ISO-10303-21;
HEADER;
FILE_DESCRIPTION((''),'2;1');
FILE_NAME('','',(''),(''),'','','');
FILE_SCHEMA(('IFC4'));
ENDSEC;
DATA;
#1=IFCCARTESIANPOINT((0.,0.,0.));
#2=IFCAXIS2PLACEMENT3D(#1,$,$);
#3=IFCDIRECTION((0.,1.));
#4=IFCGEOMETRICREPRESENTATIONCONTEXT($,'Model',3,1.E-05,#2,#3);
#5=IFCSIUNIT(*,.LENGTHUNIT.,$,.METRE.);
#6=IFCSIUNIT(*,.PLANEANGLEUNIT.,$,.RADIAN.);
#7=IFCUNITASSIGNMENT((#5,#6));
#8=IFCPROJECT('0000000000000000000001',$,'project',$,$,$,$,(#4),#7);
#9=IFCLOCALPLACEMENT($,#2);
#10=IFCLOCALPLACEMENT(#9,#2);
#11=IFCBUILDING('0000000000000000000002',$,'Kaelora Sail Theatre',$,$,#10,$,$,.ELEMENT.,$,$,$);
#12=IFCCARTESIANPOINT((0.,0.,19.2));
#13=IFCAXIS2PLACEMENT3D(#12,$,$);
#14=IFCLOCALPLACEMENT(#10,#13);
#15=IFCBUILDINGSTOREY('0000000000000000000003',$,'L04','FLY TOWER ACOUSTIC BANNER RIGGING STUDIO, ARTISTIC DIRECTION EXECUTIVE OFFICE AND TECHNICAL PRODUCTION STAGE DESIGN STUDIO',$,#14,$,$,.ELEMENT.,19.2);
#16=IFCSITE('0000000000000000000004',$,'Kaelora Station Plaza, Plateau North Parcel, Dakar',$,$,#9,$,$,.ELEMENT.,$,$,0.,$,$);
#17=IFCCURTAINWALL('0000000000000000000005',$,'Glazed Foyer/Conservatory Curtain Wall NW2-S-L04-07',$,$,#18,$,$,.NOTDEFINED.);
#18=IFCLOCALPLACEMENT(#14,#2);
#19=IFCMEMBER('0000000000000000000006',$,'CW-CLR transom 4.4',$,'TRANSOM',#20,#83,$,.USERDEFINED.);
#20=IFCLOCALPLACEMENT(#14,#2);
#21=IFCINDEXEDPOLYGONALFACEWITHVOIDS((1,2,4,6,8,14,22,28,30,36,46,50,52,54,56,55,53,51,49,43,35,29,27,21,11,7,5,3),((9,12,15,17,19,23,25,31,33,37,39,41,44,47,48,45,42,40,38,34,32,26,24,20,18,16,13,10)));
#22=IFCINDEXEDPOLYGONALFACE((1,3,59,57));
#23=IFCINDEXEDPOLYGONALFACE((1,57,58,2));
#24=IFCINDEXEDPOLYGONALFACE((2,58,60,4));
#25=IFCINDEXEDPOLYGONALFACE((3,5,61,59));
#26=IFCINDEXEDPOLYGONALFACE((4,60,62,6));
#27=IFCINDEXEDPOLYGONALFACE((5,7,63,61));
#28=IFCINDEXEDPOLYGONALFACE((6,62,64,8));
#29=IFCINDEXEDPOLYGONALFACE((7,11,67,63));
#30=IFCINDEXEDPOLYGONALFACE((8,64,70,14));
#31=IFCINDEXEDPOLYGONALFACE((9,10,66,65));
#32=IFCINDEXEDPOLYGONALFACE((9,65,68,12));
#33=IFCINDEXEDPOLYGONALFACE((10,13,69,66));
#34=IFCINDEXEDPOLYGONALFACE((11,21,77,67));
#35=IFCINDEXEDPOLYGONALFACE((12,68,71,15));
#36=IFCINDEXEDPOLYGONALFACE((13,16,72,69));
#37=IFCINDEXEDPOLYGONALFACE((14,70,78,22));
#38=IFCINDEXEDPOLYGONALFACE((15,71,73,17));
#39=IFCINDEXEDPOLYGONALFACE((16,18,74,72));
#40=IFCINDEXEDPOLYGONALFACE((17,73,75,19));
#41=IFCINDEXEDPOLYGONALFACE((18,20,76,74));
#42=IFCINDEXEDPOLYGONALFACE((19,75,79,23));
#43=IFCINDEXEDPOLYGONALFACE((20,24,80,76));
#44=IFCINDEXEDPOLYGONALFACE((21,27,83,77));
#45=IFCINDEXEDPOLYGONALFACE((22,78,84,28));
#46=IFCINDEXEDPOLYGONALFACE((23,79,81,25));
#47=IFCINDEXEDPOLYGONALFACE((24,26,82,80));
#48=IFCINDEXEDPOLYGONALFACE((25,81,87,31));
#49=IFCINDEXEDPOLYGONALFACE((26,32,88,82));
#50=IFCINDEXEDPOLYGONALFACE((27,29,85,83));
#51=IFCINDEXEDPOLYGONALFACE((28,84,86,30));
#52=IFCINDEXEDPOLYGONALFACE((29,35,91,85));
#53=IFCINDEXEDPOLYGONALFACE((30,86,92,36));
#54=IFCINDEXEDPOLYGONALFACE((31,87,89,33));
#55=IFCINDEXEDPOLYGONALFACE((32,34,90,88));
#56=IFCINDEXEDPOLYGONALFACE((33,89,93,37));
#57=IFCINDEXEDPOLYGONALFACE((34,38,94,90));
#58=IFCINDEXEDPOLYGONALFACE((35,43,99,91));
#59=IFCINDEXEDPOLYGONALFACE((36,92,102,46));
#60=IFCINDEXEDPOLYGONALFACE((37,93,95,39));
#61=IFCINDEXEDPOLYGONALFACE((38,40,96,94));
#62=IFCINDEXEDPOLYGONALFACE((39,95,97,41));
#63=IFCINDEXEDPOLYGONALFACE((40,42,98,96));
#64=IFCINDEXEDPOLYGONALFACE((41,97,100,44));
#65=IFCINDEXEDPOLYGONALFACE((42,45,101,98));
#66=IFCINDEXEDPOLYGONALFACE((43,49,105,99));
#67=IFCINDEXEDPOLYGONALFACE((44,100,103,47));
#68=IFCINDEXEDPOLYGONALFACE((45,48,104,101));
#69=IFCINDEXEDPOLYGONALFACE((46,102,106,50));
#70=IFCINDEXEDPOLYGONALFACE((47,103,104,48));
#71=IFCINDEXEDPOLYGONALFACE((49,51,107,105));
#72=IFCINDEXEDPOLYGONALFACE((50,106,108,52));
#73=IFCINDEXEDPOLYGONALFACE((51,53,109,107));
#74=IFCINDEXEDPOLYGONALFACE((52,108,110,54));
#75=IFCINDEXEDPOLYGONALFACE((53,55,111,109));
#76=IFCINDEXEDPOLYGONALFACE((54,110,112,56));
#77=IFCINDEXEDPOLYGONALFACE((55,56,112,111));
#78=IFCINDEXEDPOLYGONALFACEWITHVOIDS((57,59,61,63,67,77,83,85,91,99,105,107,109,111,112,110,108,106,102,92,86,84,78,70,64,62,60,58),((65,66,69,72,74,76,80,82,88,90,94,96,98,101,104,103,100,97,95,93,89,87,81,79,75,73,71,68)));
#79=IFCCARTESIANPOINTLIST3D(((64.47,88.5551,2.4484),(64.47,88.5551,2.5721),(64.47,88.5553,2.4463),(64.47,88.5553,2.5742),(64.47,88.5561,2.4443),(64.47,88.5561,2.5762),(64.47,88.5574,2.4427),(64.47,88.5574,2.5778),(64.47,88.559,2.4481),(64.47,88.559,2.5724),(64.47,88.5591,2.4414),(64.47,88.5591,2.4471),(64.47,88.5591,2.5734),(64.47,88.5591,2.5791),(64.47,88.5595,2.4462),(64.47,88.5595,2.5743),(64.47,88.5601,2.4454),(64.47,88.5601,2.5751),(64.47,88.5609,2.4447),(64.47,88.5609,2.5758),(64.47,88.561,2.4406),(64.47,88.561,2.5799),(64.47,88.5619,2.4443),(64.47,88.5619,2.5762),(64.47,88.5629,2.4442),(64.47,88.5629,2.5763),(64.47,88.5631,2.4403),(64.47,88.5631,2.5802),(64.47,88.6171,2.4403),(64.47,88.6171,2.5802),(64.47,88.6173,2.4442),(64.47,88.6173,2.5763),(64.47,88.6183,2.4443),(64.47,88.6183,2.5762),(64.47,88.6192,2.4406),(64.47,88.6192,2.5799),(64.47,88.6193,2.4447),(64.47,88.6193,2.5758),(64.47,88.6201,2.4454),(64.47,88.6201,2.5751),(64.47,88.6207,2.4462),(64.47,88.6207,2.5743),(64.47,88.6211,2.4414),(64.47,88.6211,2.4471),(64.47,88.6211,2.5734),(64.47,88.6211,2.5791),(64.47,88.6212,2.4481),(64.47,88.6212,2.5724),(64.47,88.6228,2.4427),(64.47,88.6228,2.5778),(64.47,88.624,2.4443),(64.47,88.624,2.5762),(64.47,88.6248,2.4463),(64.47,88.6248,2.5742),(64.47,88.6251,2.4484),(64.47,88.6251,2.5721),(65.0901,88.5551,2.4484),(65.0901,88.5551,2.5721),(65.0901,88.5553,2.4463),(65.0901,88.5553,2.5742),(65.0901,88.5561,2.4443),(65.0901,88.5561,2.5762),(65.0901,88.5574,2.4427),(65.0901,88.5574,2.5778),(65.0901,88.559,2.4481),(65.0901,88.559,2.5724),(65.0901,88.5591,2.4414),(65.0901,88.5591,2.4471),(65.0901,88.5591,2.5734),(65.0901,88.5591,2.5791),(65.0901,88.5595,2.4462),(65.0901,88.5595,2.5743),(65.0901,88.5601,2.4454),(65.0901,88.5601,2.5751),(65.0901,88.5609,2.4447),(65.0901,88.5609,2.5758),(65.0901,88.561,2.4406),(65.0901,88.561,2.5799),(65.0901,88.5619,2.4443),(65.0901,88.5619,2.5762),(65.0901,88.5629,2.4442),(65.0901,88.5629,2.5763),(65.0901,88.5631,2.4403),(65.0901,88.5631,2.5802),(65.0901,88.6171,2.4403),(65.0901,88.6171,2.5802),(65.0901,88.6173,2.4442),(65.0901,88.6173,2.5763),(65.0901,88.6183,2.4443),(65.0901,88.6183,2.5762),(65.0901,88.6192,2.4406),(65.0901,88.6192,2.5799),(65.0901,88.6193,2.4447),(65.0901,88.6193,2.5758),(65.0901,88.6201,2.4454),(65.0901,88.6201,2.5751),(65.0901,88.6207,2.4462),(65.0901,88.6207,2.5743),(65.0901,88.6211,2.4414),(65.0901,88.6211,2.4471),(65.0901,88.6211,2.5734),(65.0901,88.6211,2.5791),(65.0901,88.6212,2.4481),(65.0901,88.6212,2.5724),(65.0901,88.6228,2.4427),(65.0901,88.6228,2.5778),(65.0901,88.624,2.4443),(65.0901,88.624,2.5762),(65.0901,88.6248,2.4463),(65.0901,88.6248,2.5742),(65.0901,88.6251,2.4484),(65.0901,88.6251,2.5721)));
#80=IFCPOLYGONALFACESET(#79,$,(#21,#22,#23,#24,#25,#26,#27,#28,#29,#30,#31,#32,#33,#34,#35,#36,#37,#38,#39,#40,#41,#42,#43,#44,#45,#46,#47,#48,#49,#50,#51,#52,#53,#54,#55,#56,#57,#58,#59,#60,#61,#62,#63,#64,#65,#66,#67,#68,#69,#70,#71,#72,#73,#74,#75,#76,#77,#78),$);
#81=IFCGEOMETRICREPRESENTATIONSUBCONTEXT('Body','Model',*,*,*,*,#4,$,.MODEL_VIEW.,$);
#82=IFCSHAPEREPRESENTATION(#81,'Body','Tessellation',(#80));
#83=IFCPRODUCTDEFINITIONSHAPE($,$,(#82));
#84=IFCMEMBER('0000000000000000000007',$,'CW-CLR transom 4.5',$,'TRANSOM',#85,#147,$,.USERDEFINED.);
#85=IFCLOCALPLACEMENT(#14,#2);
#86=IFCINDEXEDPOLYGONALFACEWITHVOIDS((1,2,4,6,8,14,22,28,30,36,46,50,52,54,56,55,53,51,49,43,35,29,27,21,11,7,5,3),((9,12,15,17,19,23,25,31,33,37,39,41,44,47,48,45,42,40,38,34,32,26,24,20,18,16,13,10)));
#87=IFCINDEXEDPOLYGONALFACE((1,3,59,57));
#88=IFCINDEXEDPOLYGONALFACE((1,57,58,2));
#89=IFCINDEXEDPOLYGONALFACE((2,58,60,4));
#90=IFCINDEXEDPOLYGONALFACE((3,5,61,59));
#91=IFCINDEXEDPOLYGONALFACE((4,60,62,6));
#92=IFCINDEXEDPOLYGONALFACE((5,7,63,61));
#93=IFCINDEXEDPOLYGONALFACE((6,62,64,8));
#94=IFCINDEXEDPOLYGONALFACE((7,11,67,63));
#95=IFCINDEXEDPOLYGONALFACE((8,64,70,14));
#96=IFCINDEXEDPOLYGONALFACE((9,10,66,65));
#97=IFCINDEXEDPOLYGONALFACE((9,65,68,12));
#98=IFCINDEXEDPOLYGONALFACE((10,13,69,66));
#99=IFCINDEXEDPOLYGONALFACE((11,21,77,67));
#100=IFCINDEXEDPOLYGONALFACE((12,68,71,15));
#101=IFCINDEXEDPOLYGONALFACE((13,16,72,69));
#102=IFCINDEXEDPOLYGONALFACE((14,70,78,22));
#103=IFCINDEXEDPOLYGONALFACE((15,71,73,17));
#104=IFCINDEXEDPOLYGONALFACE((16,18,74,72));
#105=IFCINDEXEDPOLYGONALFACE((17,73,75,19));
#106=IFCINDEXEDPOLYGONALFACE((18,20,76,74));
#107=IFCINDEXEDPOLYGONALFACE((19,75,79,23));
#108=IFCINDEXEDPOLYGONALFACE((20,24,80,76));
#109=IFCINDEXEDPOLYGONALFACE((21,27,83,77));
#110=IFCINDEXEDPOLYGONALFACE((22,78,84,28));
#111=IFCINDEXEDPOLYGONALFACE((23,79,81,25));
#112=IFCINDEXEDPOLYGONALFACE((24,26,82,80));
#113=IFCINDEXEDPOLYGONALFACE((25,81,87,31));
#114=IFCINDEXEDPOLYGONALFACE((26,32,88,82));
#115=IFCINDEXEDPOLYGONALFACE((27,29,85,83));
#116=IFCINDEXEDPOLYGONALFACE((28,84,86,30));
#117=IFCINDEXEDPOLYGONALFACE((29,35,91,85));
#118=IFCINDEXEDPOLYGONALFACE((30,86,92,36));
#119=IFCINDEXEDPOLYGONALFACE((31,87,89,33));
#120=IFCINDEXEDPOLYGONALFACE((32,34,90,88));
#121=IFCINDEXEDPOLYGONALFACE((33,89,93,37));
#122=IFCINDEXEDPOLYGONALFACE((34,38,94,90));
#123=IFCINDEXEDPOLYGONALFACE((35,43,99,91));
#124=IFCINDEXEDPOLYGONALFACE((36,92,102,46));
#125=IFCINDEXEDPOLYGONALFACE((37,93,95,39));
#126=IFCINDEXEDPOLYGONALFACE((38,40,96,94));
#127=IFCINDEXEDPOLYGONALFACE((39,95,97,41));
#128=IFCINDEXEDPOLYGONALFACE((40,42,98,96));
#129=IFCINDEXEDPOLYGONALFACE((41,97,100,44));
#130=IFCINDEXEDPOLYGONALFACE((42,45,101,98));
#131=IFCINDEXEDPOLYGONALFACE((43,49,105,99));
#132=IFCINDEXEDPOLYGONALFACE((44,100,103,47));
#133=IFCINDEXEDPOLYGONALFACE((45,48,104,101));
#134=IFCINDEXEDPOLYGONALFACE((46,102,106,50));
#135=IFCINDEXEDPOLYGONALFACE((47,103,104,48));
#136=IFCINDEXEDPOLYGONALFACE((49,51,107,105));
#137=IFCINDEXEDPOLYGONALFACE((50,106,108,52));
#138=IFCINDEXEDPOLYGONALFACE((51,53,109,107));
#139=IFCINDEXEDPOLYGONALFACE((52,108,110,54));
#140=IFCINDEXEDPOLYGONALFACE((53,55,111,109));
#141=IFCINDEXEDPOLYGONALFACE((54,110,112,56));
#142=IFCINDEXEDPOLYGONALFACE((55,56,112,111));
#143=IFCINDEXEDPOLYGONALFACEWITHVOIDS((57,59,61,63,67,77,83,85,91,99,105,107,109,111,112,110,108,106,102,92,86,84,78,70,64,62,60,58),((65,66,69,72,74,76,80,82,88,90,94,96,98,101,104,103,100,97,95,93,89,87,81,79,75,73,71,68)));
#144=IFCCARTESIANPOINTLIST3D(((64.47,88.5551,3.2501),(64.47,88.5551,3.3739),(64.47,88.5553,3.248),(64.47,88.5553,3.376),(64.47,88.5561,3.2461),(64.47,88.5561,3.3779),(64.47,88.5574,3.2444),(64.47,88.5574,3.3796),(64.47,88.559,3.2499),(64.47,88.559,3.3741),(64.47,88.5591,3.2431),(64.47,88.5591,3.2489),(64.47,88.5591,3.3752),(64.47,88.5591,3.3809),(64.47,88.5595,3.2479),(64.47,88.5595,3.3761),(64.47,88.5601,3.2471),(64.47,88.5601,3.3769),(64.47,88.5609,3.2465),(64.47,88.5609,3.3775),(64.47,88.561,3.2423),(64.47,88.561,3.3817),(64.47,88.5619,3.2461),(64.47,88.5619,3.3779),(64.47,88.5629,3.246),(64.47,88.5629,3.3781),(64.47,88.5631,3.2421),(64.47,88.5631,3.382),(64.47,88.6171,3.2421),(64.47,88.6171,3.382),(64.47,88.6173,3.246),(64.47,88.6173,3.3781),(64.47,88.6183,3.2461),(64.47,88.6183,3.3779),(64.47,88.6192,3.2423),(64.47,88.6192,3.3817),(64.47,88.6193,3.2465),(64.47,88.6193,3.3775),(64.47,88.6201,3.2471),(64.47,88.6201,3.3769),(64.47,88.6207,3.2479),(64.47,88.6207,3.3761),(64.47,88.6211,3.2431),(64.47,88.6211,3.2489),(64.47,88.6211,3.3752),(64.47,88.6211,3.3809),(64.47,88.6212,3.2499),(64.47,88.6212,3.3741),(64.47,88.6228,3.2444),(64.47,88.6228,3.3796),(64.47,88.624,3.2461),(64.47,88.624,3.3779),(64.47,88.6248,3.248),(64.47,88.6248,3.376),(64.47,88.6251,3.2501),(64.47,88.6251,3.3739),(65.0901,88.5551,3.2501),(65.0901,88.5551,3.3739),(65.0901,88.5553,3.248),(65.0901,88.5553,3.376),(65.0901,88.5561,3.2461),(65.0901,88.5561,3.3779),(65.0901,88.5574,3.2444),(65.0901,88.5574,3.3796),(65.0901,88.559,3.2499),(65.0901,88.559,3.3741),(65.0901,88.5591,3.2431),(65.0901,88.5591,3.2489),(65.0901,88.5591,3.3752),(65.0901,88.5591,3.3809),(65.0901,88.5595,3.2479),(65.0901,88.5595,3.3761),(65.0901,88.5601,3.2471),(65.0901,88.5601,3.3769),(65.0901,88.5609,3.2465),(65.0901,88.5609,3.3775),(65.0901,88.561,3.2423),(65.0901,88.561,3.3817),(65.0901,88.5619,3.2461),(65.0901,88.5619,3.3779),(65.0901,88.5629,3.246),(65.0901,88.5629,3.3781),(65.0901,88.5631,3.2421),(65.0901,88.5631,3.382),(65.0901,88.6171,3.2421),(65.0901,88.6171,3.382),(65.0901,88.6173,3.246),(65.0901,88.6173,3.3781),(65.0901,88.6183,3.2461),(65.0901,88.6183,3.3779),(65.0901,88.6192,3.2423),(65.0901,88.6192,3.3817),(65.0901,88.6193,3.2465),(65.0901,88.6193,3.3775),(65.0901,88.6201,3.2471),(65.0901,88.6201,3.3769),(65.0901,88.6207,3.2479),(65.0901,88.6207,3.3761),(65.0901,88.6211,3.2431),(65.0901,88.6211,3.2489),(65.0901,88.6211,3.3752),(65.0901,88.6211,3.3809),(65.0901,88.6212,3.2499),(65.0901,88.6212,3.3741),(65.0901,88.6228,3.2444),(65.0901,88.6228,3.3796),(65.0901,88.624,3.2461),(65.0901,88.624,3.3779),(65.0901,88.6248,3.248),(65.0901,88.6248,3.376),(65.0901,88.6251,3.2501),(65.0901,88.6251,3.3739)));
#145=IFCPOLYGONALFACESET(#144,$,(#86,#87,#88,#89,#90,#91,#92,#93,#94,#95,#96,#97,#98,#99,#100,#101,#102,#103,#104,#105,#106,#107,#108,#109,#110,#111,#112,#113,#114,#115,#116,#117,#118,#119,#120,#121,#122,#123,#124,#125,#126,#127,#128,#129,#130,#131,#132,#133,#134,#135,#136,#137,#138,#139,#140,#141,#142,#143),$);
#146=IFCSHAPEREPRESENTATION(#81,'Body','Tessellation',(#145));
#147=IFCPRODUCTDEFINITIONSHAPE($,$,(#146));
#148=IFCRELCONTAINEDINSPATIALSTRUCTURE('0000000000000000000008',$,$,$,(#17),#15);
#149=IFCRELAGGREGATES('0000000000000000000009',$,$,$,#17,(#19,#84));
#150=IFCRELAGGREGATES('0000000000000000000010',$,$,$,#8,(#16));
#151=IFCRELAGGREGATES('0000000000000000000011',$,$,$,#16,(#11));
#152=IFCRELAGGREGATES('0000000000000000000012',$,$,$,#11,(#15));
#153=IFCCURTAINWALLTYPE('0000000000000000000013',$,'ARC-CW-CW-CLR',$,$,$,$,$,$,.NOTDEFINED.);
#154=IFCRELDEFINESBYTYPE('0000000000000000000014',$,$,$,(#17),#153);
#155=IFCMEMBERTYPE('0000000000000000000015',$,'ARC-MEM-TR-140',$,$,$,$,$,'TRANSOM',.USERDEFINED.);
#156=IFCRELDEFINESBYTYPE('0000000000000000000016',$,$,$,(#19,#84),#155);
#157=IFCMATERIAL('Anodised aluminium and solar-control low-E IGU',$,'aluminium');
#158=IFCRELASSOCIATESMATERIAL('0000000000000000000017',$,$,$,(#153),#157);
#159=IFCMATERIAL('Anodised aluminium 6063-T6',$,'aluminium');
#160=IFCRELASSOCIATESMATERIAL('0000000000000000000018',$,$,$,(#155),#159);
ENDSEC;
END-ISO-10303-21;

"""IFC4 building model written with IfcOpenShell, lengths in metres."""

from ifc_helpers import new_model, si_unit, direction, frame, origin, origin_2d, place, context, subcontext, project, spatial, hollow_rectangle, extrude, material, material_profile, profile_set, type_object, element, aggregate, save


model = new_model("IFC4")

# Units and contexts
model_context = context("Model", 3, precision=1e-05, world=origin(), true_north=direction((0.0, 1.0)))
body_context = subcontext(model_context, "Body", "Model", "MODEL_VIEW")
ifc_project = project(units=[si_unit("LENGTHUNIT", "METRE"), si_unit("PLANEANGLEUNIT", "RADIAN")], contexts=[model_context])

# Site, building, storey
site_placement = place(None, origin())
site = spatial("IfcSite", under=ifc_project, at=site_placement, Name="Kaelora Station Plaza, Plateau North Parcel, Dakar", CompositionType="ELEMENT", RefElevation=0.0)
building_placement = place(site_placement, origin())
building = spatial("IfcBuilding", under=site, at=building_placement, Name="Kaelora Sail Theatre", CompositionType="ELEMENT")
storey_placement = place(building_placement, frame((0.0, 0.0, 19.2)))
storey = spatial("IfcBuildingStorey", under=building, at=storey_placement, Name="L04", Description="FLY TOWER ACOUSTIC BANNER RIGGING STUDIO, ARTISTIC DIRECTION EXECUTIVE OFFICE AND TECHNICAL PRODUCTION STAGE DESIGN STUDIO", CompositionType="ELEMENT", Elevation=19.2)

# Curtain wall, members
ifc_material_1 = material(Name="Anodised aluminium and solar-control low-E IGU", Category="aluminium")
curtain_wall_type = type_object("IfcCurtainWallType", Name="ARC-CW-CW-CLR", PredefinedType="NOTDEFINED", material=ifc_material_1)
curtain_wall_placement = place(storey_placement, origin())
curtain_wall = element("IfcCurtainWall", 1, at=curtain_wall_placement, inside=storey, type_object=curtain_wall_type, Name="Glazed Foyer/Conservatory Curtain Wall NW2-S-L04-07", PredefinedType="NOTDEFINED")
ifc_material_2 = material(Name="Anodised aluminium 6063-T6", Category="aluminium")
ifc_material_profile_1 = material_profile(ifc_material_2, hollow_rectangle(XDim=0.0701, YDim=0.1399, WallThickness=0.0039, InnerFilletRadius=0.0039, OuterFilletRadius=0.0081, at=origin_2d()), Name="ALU-TRAN 70x140x4")
ifc_profile_set_1 = profile_set([ifc_material_profile_1], Name="Anodised aluminium 6063-T6")
member_type_1 = type_object("IfcMemberType", Name="ARC-MEM-TR-140", ElementType="TRANSOM", PredefinedType="USERDEFINED", material=ifc_profile_set_1)
member_1_placement = place(storey_placement, frame((64.47, 88.5901, 2.5103), z_axis=(1.0, 0.0, 0.0), x_axis=(0.0, 1.0, 0.0)))
member_1 = element("IfcMember", 2, at=member_1_placement, type_object=member_type_1, Name="CW-CLR transom 4.4", ObjectType="TRANSOM", PredefinedType="USERDEFINED", context=body_context, shape_type="SweptSolid", body=[
    extrude(hollow_rectangle(XDim=0.0701, YDim=0.1399, WallThickness=0.0039, InnerFilletRadius=0.0039, OuterFilletRadius=0.0081, at=origin_2d()), origin(), (0.0, 0.0, 1.0), 0.6201),
])
member_2_placement = place(storey_placement, frame((64.47, 88.5901, 3.312), z_axis=(1.0, 0.0, 0.0), x_axis=(0.0, 1.0, 0.0)))
member_2 = element("IfcMember", 3, at=member_2_placement, type_object=member_type_1, Name="CW-CLR transom 4.5", ObjectType="TRANSOM", PredefinedType="USERDEFINED", context=body_context, shape_type="SweptSolid", body=[
    extrude(hollow_rectangle(XDim=0.0701, YDim=0.1399, WallThickness=0.0039, InnerFilletRadius=0.0039, OuterFilletRadius=0.0081, at=origin_2d()), origin(), (0.0, 0.0, 1.0), 0.6201),
])

aggregate(curtain_wall, [member_1, member_2])

save(model, "model.ifc")
